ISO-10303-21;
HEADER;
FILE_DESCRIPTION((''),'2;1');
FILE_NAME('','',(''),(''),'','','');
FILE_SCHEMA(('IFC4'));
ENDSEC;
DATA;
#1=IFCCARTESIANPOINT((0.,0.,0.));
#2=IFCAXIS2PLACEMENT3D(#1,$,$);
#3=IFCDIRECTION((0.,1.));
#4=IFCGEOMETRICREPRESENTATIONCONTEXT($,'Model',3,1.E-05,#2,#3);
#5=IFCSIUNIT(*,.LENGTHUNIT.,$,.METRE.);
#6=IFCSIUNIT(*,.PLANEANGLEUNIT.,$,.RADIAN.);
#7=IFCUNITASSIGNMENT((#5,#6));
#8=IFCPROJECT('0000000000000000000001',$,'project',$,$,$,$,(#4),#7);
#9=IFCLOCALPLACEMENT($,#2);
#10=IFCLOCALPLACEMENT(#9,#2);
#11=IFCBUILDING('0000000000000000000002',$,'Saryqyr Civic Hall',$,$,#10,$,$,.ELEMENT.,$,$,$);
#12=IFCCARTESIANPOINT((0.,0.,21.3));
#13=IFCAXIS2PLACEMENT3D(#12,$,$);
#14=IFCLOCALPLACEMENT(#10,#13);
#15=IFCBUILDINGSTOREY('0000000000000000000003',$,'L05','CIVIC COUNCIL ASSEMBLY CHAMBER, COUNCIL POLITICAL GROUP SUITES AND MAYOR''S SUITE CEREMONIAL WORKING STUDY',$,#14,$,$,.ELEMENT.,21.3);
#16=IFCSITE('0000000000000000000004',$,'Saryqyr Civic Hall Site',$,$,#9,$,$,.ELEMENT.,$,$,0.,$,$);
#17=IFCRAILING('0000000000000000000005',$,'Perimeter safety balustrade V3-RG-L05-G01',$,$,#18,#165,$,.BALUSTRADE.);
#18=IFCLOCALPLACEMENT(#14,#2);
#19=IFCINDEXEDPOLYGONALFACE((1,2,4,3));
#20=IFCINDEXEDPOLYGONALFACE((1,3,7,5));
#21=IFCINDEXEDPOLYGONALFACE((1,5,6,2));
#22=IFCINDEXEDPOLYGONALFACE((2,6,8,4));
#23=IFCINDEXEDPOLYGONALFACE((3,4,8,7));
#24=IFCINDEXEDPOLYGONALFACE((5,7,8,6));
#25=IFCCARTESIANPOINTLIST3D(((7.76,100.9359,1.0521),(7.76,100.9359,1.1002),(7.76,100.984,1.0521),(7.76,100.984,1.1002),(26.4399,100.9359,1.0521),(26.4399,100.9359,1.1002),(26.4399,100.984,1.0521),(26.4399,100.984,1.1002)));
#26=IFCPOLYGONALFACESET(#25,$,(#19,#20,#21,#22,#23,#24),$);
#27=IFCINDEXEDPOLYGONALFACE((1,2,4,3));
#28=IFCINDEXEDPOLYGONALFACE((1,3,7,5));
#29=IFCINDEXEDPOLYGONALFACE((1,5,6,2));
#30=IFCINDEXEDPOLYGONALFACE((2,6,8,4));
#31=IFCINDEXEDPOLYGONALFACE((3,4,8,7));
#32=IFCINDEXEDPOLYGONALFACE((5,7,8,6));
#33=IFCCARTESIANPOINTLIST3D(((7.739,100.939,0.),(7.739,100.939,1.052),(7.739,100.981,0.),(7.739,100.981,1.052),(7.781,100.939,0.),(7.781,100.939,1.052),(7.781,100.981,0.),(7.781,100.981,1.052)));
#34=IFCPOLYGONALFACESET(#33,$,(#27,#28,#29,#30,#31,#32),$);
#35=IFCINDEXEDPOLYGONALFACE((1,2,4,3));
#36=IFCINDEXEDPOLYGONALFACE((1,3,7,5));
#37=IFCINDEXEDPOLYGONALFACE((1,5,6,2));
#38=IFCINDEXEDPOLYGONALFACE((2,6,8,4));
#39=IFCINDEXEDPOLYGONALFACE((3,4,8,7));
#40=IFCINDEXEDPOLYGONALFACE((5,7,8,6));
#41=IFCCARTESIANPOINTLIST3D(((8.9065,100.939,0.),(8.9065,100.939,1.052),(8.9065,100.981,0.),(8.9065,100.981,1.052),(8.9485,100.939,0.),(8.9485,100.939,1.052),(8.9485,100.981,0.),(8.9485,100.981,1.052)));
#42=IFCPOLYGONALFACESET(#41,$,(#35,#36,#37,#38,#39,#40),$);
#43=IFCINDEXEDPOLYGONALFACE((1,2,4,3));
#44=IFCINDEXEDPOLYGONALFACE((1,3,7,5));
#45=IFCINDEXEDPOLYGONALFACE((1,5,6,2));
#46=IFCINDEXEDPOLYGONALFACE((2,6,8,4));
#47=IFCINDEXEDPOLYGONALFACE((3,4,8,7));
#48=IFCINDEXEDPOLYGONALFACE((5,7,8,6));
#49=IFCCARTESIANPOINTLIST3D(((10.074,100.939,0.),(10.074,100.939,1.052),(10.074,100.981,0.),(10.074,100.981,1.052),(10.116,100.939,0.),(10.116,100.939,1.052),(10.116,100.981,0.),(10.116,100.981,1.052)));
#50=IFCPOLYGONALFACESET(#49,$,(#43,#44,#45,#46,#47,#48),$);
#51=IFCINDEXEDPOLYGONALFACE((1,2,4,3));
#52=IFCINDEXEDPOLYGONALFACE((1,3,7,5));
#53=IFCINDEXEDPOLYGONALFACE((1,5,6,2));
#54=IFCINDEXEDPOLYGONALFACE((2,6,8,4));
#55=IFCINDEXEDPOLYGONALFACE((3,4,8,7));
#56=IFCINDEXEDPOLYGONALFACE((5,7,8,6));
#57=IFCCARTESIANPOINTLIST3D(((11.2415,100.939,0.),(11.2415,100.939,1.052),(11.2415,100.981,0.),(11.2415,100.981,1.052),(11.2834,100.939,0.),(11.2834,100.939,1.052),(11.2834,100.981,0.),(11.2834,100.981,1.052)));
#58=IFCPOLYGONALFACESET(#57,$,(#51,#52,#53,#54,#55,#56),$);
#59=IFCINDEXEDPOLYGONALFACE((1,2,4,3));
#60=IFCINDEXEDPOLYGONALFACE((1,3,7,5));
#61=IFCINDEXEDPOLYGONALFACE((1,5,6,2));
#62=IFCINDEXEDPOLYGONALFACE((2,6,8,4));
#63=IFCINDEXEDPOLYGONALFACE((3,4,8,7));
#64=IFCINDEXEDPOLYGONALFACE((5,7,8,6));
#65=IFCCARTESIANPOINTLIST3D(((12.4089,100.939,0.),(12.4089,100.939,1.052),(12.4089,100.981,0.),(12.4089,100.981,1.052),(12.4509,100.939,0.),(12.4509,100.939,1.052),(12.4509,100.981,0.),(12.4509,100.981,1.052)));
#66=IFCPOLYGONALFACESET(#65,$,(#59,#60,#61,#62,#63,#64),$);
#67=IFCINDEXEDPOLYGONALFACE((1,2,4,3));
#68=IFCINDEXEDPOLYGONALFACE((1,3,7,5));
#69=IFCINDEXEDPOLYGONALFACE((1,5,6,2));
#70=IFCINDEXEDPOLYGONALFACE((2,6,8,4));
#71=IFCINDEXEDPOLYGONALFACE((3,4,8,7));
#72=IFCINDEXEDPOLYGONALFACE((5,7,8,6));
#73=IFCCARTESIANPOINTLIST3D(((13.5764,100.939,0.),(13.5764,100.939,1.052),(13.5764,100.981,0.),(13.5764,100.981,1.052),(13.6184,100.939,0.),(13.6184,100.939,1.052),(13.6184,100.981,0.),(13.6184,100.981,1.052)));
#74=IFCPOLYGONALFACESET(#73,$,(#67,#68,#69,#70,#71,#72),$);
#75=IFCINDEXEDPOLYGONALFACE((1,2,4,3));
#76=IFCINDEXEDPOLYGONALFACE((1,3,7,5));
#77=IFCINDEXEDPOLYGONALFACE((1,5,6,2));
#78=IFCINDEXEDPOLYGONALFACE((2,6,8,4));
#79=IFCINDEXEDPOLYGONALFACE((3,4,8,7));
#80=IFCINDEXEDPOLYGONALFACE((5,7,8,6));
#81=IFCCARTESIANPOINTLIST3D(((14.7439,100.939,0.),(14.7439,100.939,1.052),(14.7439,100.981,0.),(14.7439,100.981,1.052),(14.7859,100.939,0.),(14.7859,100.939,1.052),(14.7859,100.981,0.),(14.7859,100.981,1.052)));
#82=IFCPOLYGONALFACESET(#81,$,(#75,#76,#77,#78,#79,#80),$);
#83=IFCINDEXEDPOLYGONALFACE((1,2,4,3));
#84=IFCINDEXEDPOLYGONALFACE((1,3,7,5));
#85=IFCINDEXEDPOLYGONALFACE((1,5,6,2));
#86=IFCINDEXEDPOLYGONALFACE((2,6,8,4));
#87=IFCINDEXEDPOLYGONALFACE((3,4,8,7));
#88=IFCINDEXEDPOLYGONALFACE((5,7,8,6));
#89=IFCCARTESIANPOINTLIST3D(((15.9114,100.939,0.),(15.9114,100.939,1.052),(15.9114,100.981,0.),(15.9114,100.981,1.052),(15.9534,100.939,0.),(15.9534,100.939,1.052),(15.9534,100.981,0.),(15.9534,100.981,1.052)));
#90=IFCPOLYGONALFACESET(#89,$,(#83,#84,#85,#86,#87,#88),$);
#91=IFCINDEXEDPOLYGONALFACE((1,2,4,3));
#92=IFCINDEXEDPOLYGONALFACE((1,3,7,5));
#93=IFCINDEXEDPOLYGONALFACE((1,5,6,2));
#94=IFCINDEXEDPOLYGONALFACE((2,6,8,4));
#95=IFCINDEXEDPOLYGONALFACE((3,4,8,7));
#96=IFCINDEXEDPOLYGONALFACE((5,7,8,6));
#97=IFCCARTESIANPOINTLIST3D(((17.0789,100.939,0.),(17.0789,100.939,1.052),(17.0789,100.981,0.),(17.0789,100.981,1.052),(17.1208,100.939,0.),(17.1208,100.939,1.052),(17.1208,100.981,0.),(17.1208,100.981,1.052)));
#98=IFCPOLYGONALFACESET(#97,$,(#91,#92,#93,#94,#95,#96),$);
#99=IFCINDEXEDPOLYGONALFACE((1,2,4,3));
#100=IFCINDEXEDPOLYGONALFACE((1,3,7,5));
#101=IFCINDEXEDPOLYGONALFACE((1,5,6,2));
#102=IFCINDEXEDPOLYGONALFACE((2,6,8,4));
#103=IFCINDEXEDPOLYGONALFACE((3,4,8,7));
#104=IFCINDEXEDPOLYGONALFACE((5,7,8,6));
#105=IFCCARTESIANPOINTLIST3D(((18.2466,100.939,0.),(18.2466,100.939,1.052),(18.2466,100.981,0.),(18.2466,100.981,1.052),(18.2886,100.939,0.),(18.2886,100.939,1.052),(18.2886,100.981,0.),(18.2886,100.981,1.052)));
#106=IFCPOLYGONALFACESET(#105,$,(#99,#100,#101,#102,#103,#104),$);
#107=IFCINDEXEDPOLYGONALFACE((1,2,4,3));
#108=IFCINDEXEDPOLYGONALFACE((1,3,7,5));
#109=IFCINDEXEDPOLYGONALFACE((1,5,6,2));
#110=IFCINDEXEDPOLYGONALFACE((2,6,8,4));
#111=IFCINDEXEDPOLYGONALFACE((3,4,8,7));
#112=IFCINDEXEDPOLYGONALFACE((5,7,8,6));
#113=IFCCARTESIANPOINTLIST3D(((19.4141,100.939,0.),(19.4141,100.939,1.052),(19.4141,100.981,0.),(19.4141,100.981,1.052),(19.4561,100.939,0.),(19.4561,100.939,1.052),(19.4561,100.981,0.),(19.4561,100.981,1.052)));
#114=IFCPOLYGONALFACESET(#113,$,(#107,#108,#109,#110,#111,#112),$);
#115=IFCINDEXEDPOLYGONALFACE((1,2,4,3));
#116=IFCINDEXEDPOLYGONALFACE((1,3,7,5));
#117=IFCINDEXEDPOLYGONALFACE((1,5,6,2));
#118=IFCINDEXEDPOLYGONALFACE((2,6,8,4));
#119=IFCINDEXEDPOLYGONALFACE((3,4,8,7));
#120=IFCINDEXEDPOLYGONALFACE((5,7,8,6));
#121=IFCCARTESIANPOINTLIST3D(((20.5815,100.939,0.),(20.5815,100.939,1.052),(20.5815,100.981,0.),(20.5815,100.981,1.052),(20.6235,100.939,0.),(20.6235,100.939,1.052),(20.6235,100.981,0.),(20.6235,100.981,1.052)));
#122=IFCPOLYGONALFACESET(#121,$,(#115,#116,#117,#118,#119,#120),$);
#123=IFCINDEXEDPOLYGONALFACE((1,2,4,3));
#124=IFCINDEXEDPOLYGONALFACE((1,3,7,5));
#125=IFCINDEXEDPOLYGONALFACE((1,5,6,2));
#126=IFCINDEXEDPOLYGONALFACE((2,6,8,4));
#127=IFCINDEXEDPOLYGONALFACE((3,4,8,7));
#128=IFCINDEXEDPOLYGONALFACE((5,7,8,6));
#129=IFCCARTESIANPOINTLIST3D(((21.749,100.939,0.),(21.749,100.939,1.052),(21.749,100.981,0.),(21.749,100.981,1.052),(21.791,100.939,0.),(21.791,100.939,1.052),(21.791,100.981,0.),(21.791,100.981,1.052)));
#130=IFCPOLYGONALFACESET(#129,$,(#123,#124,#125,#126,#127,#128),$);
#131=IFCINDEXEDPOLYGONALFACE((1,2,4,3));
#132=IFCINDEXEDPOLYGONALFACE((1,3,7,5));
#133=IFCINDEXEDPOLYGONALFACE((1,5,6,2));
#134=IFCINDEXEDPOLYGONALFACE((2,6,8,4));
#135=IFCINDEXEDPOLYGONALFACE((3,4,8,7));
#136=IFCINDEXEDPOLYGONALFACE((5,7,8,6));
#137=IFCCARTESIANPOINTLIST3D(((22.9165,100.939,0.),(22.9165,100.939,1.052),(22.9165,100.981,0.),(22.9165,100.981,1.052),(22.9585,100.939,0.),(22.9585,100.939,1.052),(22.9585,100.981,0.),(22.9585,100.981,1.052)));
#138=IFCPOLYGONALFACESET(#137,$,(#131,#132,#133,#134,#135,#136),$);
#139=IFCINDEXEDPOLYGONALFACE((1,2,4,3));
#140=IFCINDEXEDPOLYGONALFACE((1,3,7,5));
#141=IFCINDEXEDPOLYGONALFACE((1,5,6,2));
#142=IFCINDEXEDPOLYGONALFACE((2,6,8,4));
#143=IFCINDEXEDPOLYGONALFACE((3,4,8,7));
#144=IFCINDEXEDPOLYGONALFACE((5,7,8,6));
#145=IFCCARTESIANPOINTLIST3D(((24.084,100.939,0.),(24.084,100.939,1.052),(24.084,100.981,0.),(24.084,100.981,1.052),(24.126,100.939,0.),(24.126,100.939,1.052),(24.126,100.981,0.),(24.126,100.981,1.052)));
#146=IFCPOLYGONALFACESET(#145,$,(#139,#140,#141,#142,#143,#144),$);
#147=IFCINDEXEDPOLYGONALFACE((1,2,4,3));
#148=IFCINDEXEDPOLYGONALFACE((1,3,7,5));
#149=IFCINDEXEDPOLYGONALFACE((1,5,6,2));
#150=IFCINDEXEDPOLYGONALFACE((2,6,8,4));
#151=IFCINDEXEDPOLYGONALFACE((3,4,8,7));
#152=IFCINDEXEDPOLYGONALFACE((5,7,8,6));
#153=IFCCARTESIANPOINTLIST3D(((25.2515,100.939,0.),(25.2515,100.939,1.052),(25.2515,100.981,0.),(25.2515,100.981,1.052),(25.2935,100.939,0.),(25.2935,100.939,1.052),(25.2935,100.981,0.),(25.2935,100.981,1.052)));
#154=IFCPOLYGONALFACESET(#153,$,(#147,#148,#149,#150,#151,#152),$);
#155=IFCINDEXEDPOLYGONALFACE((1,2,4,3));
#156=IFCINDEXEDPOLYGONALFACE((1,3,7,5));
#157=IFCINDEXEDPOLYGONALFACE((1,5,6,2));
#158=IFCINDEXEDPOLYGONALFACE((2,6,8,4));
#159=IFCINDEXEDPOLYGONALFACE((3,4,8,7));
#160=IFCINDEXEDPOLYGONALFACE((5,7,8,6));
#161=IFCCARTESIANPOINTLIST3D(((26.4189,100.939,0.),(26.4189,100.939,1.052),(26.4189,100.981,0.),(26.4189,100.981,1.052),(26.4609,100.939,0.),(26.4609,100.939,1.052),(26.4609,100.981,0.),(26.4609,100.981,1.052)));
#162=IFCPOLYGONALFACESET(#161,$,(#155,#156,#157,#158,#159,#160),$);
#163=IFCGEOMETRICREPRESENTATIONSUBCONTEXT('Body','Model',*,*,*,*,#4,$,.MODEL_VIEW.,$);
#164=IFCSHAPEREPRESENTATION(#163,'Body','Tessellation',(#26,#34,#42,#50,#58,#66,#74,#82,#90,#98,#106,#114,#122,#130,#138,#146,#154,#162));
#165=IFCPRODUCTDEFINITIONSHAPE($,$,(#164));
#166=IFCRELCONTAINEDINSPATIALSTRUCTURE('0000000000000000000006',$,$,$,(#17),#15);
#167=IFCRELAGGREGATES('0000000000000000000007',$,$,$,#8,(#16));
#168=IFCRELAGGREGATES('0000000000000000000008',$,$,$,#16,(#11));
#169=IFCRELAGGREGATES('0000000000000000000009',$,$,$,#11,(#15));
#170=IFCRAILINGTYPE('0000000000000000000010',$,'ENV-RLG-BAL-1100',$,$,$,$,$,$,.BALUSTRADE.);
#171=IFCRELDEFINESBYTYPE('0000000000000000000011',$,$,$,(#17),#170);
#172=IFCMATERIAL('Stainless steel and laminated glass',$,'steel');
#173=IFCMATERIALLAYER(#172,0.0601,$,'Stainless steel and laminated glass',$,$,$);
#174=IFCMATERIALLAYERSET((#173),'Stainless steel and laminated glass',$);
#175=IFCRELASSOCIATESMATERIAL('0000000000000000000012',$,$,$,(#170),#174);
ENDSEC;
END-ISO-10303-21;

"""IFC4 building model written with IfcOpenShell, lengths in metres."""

from ifc_helpers import new_model, si_unit, direction, frame, origin, origin_2d, place, context, subcontext, project, spatial, rectangle, extrude, material, layer, layer_set, type_object, element, save


model = new_model("IFC4")

# Units and contexts
model_context = context("Model", 3, precision=1e-05, world=origin(), true_north=direction((0.0, 1.0)))
body_context = subcontext(model_context, "Body", "Model", "MODEL_VIEW")
ifc_project = project(units=[si_unit("LENGTHUNIT", "METRE"), si_unit("PLANEANGLEUNIT", "RADIAN")], contexts=[model_context])

# Site, building, storey
site_placement = place(None, origin())
site = spatial("IfcSite", under=ifc_project, at=site_placement, Name="Saryqyr Civic Hall Site", CompositionType="ELEMENT", RefElevation=0.0)
building_placement = place(site_placement, origin())
building = spatial("IfcBuilding", under=site, at=building_placement, Name="Saryqyr Civic Hall", CompositionType="ELEMENT")
storey_placement = place(building_placement, frame((0.0, 0.0, 21.3)))
storey = spatial("IfcBuildingStorey", under=building, at=storey_placement, Name="L05", Description="CIVIC COUNCIL ASSEMBLY CHAMBER, COUNCIL POLITICAL GROUP SUITES AND MAYOR'S SUITE CEREMONIAL WORKING STUDY", CompositionType="ELEMENT", Elevation=21.3)

# Railing
ifc_material_1 = material(Name="Stainless steel and laminated glass", Category="steel")
ifc_layer_1 = layer(ifc_material_1, 0.0601, Name="Stainless steel and laminated glass")
ifc_layer_set_1 = layer_set([ifc_layer_1], Name="Stainless steel and laminated glass")
railing_type_1 = type_object("IfcRailingType", Name="ENV-RLG-BAL-1100", PredefinedType="BALUSTRADE", material=ifc_layer_set_1)
railing_1_placement = place(storey_placement, frame((7.76, 100.96, 0.0)))
element("IfcRailing", 1, at=railing_1_placement, inside=storey, type_object=railing_type_1, Name="Perimeter safety balustrade V3-RG-L05-G01", PredefinedType="BALUSTRADE", context=body_context, shape_type="SweptSolid", body=[
    extrude(rectangle(XDim=0.0481, YDim=0.0481, at=origin_2d()), frame((0.0, 0.0, 1.0762), z_axis=(1.0, 0.0, 0.0), x_axis=(0.0, 1.0, 0.0)), (0.0, 0.0, 1.0), 18.6799),
    extrude(rectangle(XDim=0.042, YDim=0.042, at=origin_2d()), origin(), (0.0, 0.0, 1.0), 1.052),
    extrude(rectangle(XDim=0.042, YDim=0.042, at=origin_2d()), frame((1.1675, 0.0, 0.0)), (0.0, 0.0, 1.0), 1.052),
    extrude(rectangle(XDim=0.042, YDim=0.042, at=origin_2d()), frame((2.335, 0.0, 0.0)), (0.0, 0.0, 1.0), 1.052),
    extrude(rectangle(XDim=0.042, YDim=0.042, at=origin_2d()), frame((3.5024, 0.0, 0.0)), (0.0, 0.0, 1.0), 1.052),
    extrude(rectangle(XDim=0.042, YDim=0.042, at=origin_2d()), frame((4.6699, 0.0, 0.0)), (0.0, 0.0, 1.0), 1.052),
    extrude(rectangle(XDim=0.042, YDim=0.042, at=origin_2d()), frame((5.8374, 0.0, 0.0)), (0.0, 0.0, 1.0), 1.052),
    extrude(rectangle(XDim=0.042, YDim=0.042, at=origin_2d()), frame((7.0049, 0.0, 0.0)), (0.0, 0.0, 1.0), 1.052),
    extrude(rectangle(XDim=0.042, YDim=0.042, at=origin_2d()), frame((8.1724, 0.0, 0.0)), (0.0, 0.0, 1.0), 1.052),
    extrude(rectangle(XDim=0.042, YDim=0.042, at=origin_2d()), frame((9.3398, 0.0, 0.0)), (0.0, 0.0, 1.0), 1.052),
    extrude(rectangle(XDim=0.042, YDim=0.042, at=origin_2d()), frame((10.5076, 0.0, 0.0)), (0.0, 0.0, 1.0), 1.052),
    extrude(rectangle(XDim=0.042, YDim=0.042, at=origin_2d()), frame((11.675, 0.0, 0.0)), (0.0, 0.0, 1.0), 1.052),
    extrude(rectangle(XDim=0.042, YDim=0.042, at=origin_2d()), frame((12.8425, 0.0, 0.0)), (0.0, 0.0, 1.0), 1.052),
    extrude(rectangle(XDim=0.042, YDim=0.042, at=origin_2d()), frame((14.01, 0.0, 0.0)), (0.0, 0.0, 1.0), 1.052),
    extrude(rectangle(XDim=0.042, YDim=0.042, at=origin_2d()), frame((15.1775, 0.0, 0.0)), (0.0, 0.0, 1.0), 1.052),
    extrude(rectangle(XDim=0.042, YDim=0.042, at=origin_2d()), frame((16.345, 0.0, 0.0)), (0.0, 0.0, 1.0), 1.052),
    extrude(rectangle(XDim=0.042, YDim=0.042, at=origin_2d()), frame((17.5125, 0.0, 0.0)), (0.0, 0.0, 1.0), 1.052),
    extrude(rectangle(XDim=0.042, YDim=0.042, at=origin_2d()), frame((18.6799, 0.0, 0.0)), (0.0, 0.0, 1.0), 1.052),
])

save(model, "model.ifc")
